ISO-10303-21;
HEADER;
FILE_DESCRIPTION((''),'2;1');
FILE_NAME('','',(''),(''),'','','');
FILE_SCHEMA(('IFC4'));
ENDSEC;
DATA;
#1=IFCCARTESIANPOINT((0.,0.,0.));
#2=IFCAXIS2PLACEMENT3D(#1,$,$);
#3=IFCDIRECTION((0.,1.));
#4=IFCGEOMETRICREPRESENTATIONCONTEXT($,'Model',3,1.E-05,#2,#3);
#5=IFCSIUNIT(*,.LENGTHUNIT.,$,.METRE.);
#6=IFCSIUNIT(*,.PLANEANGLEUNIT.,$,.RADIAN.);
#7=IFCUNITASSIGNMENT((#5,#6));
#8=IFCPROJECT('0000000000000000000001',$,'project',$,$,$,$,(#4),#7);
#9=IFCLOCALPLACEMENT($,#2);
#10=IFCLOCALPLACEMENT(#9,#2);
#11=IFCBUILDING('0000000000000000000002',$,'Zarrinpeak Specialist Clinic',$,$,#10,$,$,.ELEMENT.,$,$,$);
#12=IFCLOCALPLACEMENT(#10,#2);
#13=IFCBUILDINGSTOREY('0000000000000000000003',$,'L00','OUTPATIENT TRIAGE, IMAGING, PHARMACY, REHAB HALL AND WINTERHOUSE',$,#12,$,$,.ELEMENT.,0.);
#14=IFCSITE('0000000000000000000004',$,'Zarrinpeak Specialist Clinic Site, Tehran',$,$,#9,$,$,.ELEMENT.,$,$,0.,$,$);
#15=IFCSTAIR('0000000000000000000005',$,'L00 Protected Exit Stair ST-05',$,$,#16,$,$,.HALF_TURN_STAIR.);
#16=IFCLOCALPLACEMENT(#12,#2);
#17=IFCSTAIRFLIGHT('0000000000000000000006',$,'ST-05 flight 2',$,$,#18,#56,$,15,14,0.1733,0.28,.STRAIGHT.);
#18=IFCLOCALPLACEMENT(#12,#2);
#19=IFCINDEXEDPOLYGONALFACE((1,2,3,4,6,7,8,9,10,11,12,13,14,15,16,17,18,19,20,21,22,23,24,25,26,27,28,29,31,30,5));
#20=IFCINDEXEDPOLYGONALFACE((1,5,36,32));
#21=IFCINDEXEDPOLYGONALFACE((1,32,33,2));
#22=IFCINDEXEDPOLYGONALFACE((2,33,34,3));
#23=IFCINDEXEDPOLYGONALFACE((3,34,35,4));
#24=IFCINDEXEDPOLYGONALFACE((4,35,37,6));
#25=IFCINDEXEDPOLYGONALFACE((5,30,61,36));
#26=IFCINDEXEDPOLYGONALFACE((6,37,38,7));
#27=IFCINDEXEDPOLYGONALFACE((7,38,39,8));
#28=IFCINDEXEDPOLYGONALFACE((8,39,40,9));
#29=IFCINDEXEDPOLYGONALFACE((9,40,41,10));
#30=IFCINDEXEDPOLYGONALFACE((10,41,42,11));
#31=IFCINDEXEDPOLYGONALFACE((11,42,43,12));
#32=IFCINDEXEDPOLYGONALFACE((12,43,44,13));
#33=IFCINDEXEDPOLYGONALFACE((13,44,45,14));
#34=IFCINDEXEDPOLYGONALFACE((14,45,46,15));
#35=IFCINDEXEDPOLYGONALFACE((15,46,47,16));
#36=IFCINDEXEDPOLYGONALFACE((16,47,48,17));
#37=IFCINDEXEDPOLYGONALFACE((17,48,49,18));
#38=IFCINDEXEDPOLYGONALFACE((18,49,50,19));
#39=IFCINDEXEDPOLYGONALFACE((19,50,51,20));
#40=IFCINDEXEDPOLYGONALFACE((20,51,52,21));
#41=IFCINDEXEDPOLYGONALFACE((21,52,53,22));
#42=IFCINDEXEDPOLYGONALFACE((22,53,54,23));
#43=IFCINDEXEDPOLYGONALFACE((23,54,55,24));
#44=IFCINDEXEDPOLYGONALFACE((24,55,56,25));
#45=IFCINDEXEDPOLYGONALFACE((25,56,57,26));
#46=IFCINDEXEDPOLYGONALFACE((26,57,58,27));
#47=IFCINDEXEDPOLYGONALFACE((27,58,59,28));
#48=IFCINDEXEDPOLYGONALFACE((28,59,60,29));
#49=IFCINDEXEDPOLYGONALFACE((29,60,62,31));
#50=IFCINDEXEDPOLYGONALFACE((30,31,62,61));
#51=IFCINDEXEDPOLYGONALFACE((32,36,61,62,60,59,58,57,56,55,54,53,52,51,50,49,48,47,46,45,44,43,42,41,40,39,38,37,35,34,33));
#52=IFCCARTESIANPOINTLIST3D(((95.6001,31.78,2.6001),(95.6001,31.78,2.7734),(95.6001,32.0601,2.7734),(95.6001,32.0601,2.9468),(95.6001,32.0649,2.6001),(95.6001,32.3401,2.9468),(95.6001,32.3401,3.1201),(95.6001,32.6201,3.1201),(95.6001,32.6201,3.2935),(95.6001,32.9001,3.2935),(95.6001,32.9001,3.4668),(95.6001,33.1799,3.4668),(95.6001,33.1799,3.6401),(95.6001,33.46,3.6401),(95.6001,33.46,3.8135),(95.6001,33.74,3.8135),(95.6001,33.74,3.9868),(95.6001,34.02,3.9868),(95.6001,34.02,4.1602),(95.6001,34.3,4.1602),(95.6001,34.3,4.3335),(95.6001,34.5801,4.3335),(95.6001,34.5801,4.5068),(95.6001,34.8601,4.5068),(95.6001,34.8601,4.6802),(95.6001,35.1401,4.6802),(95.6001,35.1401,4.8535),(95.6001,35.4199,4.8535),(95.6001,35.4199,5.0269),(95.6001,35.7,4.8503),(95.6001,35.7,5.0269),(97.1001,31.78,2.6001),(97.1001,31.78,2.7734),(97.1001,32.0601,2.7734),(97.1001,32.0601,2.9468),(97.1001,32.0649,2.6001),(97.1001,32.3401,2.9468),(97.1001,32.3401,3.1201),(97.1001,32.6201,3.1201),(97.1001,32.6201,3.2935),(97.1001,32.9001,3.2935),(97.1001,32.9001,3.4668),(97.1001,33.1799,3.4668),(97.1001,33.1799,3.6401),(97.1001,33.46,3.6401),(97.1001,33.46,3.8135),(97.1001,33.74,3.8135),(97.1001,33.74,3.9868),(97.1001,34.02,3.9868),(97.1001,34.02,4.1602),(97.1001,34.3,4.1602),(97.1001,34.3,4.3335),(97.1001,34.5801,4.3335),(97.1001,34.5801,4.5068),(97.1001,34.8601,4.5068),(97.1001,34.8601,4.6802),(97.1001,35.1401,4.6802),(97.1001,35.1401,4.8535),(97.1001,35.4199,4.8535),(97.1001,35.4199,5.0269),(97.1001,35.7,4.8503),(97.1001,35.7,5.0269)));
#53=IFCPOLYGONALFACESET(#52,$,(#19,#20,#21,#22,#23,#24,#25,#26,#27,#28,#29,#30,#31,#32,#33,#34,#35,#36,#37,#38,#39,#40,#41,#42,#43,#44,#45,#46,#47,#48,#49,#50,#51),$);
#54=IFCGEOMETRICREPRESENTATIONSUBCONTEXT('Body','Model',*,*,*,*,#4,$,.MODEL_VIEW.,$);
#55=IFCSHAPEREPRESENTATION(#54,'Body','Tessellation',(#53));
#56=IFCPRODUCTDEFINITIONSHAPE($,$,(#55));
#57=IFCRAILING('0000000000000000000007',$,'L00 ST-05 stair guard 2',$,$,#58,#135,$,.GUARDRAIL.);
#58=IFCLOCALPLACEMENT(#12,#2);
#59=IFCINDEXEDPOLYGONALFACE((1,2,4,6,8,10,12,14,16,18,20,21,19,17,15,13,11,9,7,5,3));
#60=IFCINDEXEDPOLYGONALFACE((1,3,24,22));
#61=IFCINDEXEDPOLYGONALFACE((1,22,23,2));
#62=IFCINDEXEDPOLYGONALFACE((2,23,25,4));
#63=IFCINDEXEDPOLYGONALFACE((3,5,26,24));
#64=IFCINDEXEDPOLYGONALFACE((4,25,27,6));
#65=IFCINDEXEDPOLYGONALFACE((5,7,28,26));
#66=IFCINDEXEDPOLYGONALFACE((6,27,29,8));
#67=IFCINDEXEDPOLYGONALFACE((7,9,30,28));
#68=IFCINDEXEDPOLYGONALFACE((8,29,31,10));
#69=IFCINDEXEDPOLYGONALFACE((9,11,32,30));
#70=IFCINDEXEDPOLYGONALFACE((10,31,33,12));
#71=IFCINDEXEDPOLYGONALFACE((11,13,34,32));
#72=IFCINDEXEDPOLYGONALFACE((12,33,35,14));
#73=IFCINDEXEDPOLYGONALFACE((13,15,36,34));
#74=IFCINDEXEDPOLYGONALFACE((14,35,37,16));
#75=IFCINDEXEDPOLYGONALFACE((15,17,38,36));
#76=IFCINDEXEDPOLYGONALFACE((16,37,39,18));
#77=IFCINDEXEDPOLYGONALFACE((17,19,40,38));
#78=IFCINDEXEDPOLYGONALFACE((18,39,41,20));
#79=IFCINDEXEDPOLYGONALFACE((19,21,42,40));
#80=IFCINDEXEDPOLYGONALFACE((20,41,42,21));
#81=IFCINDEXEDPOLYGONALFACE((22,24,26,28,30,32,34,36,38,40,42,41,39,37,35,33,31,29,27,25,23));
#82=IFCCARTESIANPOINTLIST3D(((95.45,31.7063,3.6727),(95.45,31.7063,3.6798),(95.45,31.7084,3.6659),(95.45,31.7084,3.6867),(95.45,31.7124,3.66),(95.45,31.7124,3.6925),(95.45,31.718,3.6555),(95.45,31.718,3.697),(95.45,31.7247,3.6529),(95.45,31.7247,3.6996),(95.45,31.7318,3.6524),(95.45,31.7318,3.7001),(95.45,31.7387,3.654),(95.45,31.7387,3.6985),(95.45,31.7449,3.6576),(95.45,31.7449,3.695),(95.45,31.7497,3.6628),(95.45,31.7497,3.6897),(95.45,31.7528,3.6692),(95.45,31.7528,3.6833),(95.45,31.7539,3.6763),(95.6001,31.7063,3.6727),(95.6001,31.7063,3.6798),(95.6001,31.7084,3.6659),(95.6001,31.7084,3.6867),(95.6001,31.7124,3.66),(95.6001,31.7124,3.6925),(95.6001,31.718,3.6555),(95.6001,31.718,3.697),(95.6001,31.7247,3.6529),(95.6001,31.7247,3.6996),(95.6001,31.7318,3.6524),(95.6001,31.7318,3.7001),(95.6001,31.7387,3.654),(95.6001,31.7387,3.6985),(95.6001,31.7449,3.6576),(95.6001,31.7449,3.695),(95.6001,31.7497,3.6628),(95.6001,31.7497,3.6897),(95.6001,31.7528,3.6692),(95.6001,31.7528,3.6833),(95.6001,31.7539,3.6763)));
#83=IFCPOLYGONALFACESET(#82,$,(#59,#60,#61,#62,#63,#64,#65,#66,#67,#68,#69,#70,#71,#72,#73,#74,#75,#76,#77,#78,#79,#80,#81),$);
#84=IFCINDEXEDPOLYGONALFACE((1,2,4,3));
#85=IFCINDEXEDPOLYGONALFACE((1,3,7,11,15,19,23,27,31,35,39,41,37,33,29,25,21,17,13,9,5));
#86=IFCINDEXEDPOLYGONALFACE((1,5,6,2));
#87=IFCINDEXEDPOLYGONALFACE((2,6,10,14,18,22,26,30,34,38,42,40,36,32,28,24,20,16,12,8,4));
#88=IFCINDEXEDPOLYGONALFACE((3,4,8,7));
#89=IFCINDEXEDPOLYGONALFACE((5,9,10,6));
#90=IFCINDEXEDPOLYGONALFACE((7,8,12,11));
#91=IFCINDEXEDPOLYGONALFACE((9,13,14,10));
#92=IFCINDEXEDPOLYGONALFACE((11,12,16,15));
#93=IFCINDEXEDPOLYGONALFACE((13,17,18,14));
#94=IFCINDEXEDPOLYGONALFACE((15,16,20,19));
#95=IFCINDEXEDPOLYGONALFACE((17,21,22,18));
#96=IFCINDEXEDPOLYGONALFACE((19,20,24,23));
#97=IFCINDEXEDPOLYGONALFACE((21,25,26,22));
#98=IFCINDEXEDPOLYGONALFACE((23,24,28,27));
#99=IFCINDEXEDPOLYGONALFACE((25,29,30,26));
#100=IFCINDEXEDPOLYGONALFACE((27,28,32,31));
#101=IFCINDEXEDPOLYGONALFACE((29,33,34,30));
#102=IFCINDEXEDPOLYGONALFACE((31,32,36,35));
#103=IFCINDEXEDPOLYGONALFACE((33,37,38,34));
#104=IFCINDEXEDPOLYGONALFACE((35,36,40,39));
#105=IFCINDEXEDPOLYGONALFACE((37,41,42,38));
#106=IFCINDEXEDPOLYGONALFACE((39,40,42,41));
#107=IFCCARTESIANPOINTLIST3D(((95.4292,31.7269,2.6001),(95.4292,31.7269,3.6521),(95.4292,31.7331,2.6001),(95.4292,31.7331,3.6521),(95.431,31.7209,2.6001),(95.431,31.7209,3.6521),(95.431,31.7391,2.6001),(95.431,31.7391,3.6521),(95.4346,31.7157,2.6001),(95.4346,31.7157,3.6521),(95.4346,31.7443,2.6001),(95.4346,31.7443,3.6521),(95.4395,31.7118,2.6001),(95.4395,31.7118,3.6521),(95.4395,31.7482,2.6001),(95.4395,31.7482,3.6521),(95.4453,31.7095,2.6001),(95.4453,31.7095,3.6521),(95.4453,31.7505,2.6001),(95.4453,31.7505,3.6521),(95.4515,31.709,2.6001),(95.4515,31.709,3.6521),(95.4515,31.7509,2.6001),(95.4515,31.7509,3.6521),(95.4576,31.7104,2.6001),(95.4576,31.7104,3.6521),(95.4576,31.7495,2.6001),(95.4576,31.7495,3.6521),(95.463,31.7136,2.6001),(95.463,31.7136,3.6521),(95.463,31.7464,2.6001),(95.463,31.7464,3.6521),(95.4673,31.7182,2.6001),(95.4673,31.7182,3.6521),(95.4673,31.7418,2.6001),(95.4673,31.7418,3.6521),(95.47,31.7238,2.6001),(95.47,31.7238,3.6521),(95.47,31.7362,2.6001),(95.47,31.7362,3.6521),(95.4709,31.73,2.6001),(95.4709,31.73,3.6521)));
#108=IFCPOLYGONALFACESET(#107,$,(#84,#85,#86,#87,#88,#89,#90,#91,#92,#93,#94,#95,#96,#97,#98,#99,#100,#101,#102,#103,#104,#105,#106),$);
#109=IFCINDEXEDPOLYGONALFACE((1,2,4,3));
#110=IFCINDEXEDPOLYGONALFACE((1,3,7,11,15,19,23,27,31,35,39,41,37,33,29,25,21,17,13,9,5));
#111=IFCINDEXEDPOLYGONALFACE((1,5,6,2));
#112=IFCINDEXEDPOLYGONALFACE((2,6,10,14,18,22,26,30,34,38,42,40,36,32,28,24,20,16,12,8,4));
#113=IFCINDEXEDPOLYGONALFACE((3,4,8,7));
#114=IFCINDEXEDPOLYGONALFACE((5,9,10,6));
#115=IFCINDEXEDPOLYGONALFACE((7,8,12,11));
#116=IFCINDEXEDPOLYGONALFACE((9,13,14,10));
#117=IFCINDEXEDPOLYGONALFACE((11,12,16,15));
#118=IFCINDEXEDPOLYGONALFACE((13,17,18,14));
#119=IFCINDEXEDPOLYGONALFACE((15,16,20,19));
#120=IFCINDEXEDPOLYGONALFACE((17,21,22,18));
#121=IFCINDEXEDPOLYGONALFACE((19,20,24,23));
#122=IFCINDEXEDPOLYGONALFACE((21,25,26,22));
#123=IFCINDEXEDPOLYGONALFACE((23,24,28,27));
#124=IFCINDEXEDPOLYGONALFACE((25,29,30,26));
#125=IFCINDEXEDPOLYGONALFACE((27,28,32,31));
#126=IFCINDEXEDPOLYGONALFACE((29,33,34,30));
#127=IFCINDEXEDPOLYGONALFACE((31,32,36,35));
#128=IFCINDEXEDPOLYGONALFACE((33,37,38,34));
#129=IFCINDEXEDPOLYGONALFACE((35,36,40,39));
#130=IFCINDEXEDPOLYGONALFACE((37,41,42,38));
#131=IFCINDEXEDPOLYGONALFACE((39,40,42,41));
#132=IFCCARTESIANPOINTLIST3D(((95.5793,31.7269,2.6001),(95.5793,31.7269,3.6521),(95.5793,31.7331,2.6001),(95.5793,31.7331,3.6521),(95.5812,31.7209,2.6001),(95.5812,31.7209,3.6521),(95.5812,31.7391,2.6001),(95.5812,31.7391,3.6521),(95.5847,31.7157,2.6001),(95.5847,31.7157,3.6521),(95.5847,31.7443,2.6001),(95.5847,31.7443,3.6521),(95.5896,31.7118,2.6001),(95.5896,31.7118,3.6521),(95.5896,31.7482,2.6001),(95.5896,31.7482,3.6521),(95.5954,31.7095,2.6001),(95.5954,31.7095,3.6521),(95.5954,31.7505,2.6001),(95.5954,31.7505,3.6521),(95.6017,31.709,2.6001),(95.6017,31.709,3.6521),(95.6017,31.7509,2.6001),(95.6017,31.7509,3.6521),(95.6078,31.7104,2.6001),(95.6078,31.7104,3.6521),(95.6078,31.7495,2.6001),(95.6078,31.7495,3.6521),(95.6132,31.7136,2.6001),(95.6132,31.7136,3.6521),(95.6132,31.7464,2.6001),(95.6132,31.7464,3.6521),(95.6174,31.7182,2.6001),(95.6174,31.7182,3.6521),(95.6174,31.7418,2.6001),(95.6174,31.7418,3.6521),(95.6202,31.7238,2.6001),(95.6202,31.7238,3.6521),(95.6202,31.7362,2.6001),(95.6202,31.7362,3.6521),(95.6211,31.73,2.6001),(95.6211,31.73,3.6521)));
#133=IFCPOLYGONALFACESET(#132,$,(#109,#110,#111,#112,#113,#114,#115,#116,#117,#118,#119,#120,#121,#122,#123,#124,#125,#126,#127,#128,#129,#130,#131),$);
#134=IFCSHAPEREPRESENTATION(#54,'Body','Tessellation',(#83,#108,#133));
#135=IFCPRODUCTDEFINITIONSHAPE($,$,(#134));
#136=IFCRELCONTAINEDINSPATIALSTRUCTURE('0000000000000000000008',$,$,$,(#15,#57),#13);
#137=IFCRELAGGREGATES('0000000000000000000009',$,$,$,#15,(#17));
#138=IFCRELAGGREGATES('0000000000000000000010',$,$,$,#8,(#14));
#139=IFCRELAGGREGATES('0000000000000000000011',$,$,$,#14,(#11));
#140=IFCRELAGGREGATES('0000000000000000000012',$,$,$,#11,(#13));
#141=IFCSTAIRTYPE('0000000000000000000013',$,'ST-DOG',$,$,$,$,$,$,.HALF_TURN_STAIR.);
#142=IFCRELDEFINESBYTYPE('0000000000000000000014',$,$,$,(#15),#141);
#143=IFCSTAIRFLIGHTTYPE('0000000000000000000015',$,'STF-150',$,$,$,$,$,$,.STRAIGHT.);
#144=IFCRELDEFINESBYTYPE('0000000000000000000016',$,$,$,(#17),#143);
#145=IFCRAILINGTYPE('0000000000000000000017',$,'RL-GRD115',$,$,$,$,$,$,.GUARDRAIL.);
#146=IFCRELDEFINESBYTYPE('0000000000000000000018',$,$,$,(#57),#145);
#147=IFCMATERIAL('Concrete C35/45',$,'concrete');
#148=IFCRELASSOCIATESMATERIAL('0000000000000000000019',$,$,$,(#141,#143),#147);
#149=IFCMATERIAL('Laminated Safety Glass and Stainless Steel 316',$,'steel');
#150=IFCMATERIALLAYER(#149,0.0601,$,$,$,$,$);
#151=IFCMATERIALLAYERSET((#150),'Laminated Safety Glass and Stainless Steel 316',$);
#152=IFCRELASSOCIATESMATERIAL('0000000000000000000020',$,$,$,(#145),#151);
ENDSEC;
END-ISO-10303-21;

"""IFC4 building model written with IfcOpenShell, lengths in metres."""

from ifc_helpers import new_model, si_unit, direction, frame, origin, origin_2d, place, context, subcontext, project, spatial, polyline, circle, outline, extrude, material, layer, layer_set, type_object, element, aggregate, save


model = new_model("IFC4")

# Units and contexts
model_context = context("Model", 3, precision=1e-05, world=origin(), true_north=direction((0.0, 1.0)))
body_context = subcontext(model_context, "Body", "Model", "MODEL_VIEW")
ifc_project = project(units=[si_unit("LENGTHUNIT", "METRE"), si_unit("PLANEANGLEUNIT", "RADIAN")], contexts=[model_context])

# Site, building, storey
site_placement = place(None, origin())
site = spatial("IfcSite", under=ifc_project, at=site_placement, Name="Zarrinpeak Specialist Clinic Site, Tehran", CompositionType="ELEMENT", RefElevation=0.0)
building_placement = place(site_placement, origin())
building = spatial("IfcBuilding", under=site, at=building_placement, Name="Zarrinpeak Specialist Clinic", CompositionType="ELEMENT")
storey_placement = place(building_placement, origin())
storey = spatial("IfcBuildingStorey", under=building, at=storey_placement, Name="L00", Description="OUTPATIENT TRIAGE, IMAGING, PHARMACY, REHAB HALL AND WINTERHOUSE", CompositionType="ELEMENT", Elevation=0.0)

# Stair, stair flight
ifc_material_1 = material(Name="Concrete C35/45", Category="concrete")
stair_type = type_object("IfcStairType", Name="ST-DOG", PredefinedType="HALF_TURN_STAIR", material=ifc_material_1)
stair_placement = place(storey_placement, origin())
stair = element("IfcStair", 1, at=stair_placement, inside=storey, type_object=stair_type, Name="L00 Protected Exit Stair ST-05", PredefinedType="HALF_TURN_STAIR")
stair_flight_type = type_object("IfcStairFlightType", Name="STF-150", PredefinedType="STRAIGHT", material=ifc_material_1)
stair_flight_1_placement = place(storey_placement, frame((96.3501, 31.78, 2.6001), z_axis=(0.0, 0.0, 1.0), x_axis=(0.0, 1.0, 0.0)))
stair_flight_1 = element("IfcStairFlight", 2, at=stair_flight_1_placement, type_object=stair_flight_type, Name="ST-05 flight 2", NumberOfRisers=15, NumberOfTreads=14, PredefinedType="STRAIGHT", RiserHeight=0.1733, TreadLength=0.28, context=body_context, shape_type="SweptSolid", body=[
    extrude(outline(polyline([(0.0, 0.0), (0.0, 0.1733), (0.28, 0.1733), (0.28, 0.3467), (0.5601, 0.3467), (0.5601, 0.52), (0.8401, 0.52), (0.8401, 0.6934), (1.1201, 0.6934), (1.1201, 0.8667), (1.3999, 0.8667), (1.3999, 1.04), (1.6799, 1.04), (1.6799, 1.2134), (1.96, 1.2134), (1.96, 1.3867), (2.24, 1.3867), (2.24, 1.5601), (2.52, 1.5601), (2.52, 1.7334), (2.8, 1.7334), (2.8, 1.9067), (3.0801, 1.9067), (3.0801, 2.0801), (3.3601, 2.0801), (3.3601, 2.2534), (3.6399, 2.2534), (3.6399, 2.4268), (3.9199, 2.4268), (3.9199, 2.6001), (3.9199, 2.2502), (0.2849, 0.0), (0.0, 0.0)])), frame((0.0, 0.75, 0.0), z_axis=(0.0, -1.0, 0.0), x_axis=(1.0, 0.0, 0.0)), (0.0, 0.0, 1.0), 1.5),
])
aggregate(stair, [stair_flight_1])

# Railing
ifc_material_2 = material(Name="Laminated Safety Glass and Stainless Steel 316", Category="steel")
ifc_layer_1 = layer(ifc_material_2, 0.0601)
ifc_layer_set_1 = layer_set([ifc_layer_1], Name="Laminated Safety Glass and Stainless Steel 316")
railing_type_1 = type_object("IfcRailingType", Name="RL-GRD115", PredefinedType="GUARDRAIL", material=ifc_layer_set_1)
railing_1_placement = place(storey_placement, frame((95.45, 31.73, 2.6001)))
element("IfcRailing", 3, at=railing_1_placement, inside=storey, type_object=railing_type_1, Name="L00 ST-05 stair guard 2", PredefinedType="GUARDRAIL", context=body_context, shape_type="SweptSolid", body=[
    extrude(circle(Radius=0.0239, at=origin_2d()), frame((0.0, 0.0, 1.0762), z_axis=(1.0, 0.0, 0.0), x_axis=(0.0, 1.0, 0.0)), (0.0, 0.0, 1.0), 0.1501),
    extrude(circle(Radius=0.021, at=origin_2d()), origin(), (0.0, 0.0, 1.0), 1.052),
    extrude(circle(Radius=0.021, at=origin_2d()), frame((0.1501, 0.0, 0.0)), (0.0, 0.0, 1.0), 1.052),
])

save(model, "model.ifc")
